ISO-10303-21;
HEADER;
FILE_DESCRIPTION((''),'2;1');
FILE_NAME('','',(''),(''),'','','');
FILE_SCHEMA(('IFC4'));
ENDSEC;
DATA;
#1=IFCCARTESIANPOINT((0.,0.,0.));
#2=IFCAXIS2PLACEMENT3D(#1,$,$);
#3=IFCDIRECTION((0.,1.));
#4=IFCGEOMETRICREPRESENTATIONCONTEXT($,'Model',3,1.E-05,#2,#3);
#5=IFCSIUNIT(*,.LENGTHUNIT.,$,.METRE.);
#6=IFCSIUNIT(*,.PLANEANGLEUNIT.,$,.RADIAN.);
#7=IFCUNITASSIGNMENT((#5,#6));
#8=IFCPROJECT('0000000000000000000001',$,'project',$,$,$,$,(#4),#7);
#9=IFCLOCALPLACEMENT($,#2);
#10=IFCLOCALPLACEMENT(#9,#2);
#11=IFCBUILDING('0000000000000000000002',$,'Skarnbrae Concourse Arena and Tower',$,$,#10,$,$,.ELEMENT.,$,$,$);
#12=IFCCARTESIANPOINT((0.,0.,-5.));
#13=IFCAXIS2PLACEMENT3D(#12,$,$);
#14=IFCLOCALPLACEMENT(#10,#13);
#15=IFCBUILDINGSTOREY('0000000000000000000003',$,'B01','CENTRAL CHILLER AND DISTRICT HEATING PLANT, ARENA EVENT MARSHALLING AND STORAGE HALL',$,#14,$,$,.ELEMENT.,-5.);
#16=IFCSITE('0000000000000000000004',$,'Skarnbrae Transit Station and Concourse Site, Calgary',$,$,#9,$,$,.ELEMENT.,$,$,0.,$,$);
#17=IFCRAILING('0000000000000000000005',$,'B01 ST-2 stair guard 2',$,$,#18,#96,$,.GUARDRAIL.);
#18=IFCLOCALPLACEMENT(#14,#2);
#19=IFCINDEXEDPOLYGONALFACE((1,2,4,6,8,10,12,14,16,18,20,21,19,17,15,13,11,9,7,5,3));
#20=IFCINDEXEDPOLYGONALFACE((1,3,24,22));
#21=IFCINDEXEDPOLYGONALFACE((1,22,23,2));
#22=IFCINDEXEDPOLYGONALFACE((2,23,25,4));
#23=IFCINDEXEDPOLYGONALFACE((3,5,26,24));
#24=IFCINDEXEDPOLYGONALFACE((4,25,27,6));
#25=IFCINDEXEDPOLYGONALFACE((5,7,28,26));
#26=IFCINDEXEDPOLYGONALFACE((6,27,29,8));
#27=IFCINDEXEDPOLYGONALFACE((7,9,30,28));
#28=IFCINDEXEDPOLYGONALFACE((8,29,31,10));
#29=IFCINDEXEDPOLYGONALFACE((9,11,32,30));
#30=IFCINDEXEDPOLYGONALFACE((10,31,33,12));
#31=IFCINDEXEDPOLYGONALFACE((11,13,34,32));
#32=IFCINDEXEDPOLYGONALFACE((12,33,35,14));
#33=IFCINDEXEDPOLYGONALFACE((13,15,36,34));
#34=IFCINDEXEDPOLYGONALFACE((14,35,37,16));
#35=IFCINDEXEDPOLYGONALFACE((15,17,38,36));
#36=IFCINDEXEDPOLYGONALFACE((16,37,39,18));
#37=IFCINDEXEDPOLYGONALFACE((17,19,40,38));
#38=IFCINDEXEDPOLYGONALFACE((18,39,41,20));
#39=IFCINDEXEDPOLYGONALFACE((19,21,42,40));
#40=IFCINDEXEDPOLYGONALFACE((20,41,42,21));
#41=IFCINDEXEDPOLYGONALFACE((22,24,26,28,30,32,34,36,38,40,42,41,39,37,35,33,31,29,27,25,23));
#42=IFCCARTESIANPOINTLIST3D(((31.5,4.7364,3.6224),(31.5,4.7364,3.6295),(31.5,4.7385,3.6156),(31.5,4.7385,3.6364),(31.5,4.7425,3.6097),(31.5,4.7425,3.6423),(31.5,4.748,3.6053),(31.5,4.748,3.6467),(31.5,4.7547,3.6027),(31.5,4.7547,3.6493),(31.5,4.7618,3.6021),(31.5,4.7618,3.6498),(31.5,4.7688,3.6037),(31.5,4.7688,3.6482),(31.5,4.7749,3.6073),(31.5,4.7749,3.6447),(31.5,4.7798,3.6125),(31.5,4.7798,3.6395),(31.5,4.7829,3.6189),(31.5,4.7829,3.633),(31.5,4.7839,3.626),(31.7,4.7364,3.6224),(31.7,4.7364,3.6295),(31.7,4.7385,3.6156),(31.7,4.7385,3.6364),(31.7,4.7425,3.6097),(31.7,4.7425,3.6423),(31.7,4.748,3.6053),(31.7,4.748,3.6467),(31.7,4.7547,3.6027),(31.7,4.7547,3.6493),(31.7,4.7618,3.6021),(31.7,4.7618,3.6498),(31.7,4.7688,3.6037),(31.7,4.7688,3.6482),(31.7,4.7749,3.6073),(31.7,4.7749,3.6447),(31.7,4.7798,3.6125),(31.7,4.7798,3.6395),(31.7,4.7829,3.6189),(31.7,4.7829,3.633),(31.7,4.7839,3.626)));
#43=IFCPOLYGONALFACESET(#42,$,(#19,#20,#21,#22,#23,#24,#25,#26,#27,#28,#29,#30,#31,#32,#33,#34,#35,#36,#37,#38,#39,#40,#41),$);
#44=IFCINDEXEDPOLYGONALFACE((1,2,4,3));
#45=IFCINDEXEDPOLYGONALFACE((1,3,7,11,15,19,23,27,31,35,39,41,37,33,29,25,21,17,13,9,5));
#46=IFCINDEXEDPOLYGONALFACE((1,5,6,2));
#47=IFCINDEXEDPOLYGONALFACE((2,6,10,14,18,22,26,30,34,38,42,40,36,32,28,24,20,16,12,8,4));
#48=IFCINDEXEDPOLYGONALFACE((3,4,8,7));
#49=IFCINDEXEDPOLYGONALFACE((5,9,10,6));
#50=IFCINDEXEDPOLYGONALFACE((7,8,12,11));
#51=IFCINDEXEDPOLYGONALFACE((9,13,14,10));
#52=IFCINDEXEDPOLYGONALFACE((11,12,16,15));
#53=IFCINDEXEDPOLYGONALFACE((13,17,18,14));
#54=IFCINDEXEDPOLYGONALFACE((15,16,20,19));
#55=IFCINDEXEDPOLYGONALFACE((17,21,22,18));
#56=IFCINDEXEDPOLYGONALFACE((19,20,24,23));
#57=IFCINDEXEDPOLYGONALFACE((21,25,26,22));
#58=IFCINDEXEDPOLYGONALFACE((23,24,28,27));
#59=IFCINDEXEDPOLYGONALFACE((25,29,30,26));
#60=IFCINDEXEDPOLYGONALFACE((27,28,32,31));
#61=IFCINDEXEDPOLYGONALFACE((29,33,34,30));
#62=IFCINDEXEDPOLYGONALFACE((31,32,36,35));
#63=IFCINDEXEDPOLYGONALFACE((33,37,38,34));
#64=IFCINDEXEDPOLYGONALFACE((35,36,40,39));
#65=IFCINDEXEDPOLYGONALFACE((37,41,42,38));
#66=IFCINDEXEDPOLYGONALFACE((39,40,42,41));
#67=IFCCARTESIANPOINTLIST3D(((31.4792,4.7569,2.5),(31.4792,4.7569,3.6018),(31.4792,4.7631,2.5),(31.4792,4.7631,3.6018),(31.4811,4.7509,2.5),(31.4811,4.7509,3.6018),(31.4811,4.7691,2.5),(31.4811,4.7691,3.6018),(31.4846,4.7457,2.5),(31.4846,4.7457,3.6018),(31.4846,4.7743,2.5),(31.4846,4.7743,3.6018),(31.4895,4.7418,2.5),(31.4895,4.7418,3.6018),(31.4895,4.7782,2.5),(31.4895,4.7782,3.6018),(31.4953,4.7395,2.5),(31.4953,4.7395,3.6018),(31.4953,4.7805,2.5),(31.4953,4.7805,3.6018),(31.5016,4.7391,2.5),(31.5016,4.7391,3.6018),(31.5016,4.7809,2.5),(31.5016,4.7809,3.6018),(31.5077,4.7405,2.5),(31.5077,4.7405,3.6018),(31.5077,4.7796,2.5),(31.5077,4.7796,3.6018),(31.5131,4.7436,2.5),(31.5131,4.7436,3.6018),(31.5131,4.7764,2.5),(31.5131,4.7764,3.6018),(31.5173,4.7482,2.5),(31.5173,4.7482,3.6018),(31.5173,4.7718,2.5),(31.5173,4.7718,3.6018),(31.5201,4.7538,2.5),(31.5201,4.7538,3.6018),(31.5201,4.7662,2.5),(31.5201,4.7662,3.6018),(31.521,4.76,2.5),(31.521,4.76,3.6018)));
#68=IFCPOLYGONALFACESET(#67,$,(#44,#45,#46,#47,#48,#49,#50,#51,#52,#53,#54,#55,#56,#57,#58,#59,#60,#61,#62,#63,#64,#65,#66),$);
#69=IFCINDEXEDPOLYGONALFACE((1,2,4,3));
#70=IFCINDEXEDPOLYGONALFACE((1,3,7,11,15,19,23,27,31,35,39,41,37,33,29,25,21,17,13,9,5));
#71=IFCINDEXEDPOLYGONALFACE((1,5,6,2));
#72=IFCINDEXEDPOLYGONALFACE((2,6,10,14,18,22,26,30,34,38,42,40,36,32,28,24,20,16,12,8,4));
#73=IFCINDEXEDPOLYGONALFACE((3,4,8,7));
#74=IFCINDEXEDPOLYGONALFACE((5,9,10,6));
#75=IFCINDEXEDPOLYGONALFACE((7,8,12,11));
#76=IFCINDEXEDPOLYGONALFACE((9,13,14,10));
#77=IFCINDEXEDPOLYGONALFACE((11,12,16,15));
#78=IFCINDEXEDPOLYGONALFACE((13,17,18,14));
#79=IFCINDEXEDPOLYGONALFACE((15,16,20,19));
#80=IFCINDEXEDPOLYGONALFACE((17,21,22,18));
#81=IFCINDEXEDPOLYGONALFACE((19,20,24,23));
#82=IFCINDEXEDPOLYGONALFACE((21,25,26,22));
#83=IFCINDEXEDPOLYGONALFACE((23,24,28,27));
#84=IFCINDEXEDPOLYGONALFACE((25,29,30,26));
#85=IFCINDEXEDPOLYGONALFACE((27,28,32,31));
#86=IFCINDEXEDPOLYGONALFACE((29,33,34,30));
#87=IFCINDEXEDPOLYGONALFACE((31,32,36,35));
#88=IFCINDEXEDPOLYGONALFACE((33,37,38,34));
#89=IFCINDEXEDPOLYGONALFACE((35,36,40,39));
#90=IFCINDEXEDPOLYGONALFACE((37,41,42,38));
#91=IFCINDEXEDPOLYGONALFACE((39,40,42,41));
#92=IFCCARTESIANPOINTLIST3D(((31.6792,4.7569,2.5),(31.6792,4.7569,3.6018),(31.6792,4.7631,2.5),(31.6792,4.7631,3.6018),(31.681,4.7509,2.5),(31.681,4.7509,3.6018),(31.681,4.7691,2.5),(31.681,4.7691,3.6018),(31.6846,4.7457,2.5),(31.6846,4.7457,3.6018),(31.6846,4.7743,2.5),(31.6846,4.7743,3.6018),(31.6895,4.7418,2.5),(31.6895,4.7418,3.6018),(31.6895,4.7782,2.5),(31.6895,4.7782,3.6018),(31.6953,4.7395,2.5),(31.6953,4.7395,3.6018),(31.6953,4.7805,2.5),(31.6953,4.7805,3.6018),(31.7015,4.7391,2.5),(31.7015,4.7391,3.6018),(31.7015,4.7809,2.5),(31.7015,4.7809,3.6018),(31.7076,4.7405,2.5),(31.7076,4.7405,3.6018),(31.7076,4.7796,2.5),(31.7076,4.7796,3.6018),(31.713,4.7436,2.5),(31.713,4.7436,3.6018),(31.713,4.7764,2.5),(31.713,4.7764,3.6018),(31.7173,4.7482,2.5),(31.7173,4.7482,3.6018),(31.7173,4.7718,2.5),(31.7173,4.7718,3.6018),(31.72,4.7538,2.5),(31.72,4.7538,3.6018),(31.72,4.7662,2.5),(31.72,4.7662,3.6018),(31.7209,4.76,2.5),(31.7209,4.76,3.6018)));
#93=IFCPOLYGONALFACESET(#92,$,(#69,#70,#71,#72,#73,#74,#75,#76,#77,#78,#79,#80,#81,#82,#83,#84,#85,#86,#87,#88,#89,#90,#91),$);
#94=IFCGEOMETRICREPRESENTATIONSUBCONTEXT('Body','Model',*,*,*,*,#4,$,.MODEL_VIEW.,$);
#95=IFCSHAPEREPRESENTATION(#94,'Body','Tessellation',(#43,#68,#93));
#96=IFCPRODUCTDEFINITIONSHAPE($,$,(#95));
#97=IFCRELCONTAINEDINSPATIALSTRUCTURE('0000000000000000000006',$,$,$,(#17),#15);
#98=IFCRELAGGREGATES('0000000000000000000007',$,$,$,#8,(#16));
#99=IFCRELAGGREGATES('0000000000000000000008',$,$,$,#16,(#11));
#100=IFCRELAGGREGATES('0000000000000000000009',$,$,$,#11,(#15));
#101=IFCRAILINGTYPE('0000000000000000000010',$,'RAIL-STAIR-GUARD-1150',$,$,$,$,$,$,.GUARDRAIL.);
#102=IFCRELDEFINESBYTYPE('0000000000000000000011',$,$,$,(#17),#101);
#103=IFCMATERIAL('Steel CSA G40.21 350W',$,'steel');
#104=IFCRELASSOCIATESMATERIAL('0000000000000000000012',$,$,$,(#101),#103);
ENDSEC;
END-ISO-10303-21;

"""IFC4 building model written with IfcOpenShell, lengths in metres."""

from ifc_helpers import new_model, si_unit, direction, frame, origin, origin_2d, place, context, subcontext, project, spatial, circle, extrude, material, type_object, element, save


model = new_model("IFC4")

# Units and contexts
model_context = context("Model", 3, precision=1e-05, world=origin(), true_north=direction((0.0, 1.0)))
body_context = subcontext(model_context, "Body", "Model", "MODEL_VIEW")
ifc_project = project(units=[si_unit("LENGTHUNIT", "METRE"), si_unit("PLANEANGLEUNIT", "RADIAN")], contexts=[model_context])

# Site, building, storey
site_placement = place(None, origin())
site = spatial("IfcSite", under=ifc_project, at=site_placement, Name="Skarnbrae Transit Station and Concourse Site, Calgary", CompositionType="ELEMENT", RefElevation=0.0)
building_placement = place(site_placement, origin())
building = spatial("IfcBuilding", under=site, at=building_placement, Name="Skarnbrae Concourse Arena and Tower", CompositionType="ELEMENT")
storey_placement = place(building_placement, frame((0.0, 0.0, -5.0)))
storey = spatial("IfcBuildingStorey", under=building, at=storey_placement, Name="B01", Description="CENTRAL CHILLER AND DISTRICT HEATING PLANT, ARENA EVENT MARSHALLING AND STORAGE HALL", CompositionType="ELEMENT", Elevation=-5.0)

# Shared definitions
ifc_material_1 = material(Name="Steel CSA G40.21 350W", Category="steel")

# Railing
railing_type_1 = type_object("IfcRailingType", Name="RAIL-STAIR-GUARD-1150", PredefinedType="GUARDRAIL", material=ifc_material_1)
railing_1_placement = place(storey_placement, frame((31.5, 4.76, 2.5)))
element("IfcRailing", 1, at=railing_1_placement, inside=storey, type_object=railing_type_1, Name="B01 ST-2 stair guard 2", PredefinedType="GUARDRAIL", context=body_context, shape_type="SweptSolid", body=[
    extrude(circle(Radius=0.0239, at=origin_2d()), frame((0.0, 0.0, 1.126), z_axis=(1.0, 0.0, 0.0), x_axis=(0.0, 1.0, 0.0)), (0.0, 0.0, 1.0), 0.2),
    extrude(circle(Radius=0.021, at=origin_2d()), origin(), (0.0, 0.0, 1.0), 1.1018),
    extrude(circle(Radius=0.021, at=origin_2d()), frame((0.2, 0.0, 0.0)), (0.0, 0.0, 1.0), 1.1018),
])

save(model, "model.ifc")
